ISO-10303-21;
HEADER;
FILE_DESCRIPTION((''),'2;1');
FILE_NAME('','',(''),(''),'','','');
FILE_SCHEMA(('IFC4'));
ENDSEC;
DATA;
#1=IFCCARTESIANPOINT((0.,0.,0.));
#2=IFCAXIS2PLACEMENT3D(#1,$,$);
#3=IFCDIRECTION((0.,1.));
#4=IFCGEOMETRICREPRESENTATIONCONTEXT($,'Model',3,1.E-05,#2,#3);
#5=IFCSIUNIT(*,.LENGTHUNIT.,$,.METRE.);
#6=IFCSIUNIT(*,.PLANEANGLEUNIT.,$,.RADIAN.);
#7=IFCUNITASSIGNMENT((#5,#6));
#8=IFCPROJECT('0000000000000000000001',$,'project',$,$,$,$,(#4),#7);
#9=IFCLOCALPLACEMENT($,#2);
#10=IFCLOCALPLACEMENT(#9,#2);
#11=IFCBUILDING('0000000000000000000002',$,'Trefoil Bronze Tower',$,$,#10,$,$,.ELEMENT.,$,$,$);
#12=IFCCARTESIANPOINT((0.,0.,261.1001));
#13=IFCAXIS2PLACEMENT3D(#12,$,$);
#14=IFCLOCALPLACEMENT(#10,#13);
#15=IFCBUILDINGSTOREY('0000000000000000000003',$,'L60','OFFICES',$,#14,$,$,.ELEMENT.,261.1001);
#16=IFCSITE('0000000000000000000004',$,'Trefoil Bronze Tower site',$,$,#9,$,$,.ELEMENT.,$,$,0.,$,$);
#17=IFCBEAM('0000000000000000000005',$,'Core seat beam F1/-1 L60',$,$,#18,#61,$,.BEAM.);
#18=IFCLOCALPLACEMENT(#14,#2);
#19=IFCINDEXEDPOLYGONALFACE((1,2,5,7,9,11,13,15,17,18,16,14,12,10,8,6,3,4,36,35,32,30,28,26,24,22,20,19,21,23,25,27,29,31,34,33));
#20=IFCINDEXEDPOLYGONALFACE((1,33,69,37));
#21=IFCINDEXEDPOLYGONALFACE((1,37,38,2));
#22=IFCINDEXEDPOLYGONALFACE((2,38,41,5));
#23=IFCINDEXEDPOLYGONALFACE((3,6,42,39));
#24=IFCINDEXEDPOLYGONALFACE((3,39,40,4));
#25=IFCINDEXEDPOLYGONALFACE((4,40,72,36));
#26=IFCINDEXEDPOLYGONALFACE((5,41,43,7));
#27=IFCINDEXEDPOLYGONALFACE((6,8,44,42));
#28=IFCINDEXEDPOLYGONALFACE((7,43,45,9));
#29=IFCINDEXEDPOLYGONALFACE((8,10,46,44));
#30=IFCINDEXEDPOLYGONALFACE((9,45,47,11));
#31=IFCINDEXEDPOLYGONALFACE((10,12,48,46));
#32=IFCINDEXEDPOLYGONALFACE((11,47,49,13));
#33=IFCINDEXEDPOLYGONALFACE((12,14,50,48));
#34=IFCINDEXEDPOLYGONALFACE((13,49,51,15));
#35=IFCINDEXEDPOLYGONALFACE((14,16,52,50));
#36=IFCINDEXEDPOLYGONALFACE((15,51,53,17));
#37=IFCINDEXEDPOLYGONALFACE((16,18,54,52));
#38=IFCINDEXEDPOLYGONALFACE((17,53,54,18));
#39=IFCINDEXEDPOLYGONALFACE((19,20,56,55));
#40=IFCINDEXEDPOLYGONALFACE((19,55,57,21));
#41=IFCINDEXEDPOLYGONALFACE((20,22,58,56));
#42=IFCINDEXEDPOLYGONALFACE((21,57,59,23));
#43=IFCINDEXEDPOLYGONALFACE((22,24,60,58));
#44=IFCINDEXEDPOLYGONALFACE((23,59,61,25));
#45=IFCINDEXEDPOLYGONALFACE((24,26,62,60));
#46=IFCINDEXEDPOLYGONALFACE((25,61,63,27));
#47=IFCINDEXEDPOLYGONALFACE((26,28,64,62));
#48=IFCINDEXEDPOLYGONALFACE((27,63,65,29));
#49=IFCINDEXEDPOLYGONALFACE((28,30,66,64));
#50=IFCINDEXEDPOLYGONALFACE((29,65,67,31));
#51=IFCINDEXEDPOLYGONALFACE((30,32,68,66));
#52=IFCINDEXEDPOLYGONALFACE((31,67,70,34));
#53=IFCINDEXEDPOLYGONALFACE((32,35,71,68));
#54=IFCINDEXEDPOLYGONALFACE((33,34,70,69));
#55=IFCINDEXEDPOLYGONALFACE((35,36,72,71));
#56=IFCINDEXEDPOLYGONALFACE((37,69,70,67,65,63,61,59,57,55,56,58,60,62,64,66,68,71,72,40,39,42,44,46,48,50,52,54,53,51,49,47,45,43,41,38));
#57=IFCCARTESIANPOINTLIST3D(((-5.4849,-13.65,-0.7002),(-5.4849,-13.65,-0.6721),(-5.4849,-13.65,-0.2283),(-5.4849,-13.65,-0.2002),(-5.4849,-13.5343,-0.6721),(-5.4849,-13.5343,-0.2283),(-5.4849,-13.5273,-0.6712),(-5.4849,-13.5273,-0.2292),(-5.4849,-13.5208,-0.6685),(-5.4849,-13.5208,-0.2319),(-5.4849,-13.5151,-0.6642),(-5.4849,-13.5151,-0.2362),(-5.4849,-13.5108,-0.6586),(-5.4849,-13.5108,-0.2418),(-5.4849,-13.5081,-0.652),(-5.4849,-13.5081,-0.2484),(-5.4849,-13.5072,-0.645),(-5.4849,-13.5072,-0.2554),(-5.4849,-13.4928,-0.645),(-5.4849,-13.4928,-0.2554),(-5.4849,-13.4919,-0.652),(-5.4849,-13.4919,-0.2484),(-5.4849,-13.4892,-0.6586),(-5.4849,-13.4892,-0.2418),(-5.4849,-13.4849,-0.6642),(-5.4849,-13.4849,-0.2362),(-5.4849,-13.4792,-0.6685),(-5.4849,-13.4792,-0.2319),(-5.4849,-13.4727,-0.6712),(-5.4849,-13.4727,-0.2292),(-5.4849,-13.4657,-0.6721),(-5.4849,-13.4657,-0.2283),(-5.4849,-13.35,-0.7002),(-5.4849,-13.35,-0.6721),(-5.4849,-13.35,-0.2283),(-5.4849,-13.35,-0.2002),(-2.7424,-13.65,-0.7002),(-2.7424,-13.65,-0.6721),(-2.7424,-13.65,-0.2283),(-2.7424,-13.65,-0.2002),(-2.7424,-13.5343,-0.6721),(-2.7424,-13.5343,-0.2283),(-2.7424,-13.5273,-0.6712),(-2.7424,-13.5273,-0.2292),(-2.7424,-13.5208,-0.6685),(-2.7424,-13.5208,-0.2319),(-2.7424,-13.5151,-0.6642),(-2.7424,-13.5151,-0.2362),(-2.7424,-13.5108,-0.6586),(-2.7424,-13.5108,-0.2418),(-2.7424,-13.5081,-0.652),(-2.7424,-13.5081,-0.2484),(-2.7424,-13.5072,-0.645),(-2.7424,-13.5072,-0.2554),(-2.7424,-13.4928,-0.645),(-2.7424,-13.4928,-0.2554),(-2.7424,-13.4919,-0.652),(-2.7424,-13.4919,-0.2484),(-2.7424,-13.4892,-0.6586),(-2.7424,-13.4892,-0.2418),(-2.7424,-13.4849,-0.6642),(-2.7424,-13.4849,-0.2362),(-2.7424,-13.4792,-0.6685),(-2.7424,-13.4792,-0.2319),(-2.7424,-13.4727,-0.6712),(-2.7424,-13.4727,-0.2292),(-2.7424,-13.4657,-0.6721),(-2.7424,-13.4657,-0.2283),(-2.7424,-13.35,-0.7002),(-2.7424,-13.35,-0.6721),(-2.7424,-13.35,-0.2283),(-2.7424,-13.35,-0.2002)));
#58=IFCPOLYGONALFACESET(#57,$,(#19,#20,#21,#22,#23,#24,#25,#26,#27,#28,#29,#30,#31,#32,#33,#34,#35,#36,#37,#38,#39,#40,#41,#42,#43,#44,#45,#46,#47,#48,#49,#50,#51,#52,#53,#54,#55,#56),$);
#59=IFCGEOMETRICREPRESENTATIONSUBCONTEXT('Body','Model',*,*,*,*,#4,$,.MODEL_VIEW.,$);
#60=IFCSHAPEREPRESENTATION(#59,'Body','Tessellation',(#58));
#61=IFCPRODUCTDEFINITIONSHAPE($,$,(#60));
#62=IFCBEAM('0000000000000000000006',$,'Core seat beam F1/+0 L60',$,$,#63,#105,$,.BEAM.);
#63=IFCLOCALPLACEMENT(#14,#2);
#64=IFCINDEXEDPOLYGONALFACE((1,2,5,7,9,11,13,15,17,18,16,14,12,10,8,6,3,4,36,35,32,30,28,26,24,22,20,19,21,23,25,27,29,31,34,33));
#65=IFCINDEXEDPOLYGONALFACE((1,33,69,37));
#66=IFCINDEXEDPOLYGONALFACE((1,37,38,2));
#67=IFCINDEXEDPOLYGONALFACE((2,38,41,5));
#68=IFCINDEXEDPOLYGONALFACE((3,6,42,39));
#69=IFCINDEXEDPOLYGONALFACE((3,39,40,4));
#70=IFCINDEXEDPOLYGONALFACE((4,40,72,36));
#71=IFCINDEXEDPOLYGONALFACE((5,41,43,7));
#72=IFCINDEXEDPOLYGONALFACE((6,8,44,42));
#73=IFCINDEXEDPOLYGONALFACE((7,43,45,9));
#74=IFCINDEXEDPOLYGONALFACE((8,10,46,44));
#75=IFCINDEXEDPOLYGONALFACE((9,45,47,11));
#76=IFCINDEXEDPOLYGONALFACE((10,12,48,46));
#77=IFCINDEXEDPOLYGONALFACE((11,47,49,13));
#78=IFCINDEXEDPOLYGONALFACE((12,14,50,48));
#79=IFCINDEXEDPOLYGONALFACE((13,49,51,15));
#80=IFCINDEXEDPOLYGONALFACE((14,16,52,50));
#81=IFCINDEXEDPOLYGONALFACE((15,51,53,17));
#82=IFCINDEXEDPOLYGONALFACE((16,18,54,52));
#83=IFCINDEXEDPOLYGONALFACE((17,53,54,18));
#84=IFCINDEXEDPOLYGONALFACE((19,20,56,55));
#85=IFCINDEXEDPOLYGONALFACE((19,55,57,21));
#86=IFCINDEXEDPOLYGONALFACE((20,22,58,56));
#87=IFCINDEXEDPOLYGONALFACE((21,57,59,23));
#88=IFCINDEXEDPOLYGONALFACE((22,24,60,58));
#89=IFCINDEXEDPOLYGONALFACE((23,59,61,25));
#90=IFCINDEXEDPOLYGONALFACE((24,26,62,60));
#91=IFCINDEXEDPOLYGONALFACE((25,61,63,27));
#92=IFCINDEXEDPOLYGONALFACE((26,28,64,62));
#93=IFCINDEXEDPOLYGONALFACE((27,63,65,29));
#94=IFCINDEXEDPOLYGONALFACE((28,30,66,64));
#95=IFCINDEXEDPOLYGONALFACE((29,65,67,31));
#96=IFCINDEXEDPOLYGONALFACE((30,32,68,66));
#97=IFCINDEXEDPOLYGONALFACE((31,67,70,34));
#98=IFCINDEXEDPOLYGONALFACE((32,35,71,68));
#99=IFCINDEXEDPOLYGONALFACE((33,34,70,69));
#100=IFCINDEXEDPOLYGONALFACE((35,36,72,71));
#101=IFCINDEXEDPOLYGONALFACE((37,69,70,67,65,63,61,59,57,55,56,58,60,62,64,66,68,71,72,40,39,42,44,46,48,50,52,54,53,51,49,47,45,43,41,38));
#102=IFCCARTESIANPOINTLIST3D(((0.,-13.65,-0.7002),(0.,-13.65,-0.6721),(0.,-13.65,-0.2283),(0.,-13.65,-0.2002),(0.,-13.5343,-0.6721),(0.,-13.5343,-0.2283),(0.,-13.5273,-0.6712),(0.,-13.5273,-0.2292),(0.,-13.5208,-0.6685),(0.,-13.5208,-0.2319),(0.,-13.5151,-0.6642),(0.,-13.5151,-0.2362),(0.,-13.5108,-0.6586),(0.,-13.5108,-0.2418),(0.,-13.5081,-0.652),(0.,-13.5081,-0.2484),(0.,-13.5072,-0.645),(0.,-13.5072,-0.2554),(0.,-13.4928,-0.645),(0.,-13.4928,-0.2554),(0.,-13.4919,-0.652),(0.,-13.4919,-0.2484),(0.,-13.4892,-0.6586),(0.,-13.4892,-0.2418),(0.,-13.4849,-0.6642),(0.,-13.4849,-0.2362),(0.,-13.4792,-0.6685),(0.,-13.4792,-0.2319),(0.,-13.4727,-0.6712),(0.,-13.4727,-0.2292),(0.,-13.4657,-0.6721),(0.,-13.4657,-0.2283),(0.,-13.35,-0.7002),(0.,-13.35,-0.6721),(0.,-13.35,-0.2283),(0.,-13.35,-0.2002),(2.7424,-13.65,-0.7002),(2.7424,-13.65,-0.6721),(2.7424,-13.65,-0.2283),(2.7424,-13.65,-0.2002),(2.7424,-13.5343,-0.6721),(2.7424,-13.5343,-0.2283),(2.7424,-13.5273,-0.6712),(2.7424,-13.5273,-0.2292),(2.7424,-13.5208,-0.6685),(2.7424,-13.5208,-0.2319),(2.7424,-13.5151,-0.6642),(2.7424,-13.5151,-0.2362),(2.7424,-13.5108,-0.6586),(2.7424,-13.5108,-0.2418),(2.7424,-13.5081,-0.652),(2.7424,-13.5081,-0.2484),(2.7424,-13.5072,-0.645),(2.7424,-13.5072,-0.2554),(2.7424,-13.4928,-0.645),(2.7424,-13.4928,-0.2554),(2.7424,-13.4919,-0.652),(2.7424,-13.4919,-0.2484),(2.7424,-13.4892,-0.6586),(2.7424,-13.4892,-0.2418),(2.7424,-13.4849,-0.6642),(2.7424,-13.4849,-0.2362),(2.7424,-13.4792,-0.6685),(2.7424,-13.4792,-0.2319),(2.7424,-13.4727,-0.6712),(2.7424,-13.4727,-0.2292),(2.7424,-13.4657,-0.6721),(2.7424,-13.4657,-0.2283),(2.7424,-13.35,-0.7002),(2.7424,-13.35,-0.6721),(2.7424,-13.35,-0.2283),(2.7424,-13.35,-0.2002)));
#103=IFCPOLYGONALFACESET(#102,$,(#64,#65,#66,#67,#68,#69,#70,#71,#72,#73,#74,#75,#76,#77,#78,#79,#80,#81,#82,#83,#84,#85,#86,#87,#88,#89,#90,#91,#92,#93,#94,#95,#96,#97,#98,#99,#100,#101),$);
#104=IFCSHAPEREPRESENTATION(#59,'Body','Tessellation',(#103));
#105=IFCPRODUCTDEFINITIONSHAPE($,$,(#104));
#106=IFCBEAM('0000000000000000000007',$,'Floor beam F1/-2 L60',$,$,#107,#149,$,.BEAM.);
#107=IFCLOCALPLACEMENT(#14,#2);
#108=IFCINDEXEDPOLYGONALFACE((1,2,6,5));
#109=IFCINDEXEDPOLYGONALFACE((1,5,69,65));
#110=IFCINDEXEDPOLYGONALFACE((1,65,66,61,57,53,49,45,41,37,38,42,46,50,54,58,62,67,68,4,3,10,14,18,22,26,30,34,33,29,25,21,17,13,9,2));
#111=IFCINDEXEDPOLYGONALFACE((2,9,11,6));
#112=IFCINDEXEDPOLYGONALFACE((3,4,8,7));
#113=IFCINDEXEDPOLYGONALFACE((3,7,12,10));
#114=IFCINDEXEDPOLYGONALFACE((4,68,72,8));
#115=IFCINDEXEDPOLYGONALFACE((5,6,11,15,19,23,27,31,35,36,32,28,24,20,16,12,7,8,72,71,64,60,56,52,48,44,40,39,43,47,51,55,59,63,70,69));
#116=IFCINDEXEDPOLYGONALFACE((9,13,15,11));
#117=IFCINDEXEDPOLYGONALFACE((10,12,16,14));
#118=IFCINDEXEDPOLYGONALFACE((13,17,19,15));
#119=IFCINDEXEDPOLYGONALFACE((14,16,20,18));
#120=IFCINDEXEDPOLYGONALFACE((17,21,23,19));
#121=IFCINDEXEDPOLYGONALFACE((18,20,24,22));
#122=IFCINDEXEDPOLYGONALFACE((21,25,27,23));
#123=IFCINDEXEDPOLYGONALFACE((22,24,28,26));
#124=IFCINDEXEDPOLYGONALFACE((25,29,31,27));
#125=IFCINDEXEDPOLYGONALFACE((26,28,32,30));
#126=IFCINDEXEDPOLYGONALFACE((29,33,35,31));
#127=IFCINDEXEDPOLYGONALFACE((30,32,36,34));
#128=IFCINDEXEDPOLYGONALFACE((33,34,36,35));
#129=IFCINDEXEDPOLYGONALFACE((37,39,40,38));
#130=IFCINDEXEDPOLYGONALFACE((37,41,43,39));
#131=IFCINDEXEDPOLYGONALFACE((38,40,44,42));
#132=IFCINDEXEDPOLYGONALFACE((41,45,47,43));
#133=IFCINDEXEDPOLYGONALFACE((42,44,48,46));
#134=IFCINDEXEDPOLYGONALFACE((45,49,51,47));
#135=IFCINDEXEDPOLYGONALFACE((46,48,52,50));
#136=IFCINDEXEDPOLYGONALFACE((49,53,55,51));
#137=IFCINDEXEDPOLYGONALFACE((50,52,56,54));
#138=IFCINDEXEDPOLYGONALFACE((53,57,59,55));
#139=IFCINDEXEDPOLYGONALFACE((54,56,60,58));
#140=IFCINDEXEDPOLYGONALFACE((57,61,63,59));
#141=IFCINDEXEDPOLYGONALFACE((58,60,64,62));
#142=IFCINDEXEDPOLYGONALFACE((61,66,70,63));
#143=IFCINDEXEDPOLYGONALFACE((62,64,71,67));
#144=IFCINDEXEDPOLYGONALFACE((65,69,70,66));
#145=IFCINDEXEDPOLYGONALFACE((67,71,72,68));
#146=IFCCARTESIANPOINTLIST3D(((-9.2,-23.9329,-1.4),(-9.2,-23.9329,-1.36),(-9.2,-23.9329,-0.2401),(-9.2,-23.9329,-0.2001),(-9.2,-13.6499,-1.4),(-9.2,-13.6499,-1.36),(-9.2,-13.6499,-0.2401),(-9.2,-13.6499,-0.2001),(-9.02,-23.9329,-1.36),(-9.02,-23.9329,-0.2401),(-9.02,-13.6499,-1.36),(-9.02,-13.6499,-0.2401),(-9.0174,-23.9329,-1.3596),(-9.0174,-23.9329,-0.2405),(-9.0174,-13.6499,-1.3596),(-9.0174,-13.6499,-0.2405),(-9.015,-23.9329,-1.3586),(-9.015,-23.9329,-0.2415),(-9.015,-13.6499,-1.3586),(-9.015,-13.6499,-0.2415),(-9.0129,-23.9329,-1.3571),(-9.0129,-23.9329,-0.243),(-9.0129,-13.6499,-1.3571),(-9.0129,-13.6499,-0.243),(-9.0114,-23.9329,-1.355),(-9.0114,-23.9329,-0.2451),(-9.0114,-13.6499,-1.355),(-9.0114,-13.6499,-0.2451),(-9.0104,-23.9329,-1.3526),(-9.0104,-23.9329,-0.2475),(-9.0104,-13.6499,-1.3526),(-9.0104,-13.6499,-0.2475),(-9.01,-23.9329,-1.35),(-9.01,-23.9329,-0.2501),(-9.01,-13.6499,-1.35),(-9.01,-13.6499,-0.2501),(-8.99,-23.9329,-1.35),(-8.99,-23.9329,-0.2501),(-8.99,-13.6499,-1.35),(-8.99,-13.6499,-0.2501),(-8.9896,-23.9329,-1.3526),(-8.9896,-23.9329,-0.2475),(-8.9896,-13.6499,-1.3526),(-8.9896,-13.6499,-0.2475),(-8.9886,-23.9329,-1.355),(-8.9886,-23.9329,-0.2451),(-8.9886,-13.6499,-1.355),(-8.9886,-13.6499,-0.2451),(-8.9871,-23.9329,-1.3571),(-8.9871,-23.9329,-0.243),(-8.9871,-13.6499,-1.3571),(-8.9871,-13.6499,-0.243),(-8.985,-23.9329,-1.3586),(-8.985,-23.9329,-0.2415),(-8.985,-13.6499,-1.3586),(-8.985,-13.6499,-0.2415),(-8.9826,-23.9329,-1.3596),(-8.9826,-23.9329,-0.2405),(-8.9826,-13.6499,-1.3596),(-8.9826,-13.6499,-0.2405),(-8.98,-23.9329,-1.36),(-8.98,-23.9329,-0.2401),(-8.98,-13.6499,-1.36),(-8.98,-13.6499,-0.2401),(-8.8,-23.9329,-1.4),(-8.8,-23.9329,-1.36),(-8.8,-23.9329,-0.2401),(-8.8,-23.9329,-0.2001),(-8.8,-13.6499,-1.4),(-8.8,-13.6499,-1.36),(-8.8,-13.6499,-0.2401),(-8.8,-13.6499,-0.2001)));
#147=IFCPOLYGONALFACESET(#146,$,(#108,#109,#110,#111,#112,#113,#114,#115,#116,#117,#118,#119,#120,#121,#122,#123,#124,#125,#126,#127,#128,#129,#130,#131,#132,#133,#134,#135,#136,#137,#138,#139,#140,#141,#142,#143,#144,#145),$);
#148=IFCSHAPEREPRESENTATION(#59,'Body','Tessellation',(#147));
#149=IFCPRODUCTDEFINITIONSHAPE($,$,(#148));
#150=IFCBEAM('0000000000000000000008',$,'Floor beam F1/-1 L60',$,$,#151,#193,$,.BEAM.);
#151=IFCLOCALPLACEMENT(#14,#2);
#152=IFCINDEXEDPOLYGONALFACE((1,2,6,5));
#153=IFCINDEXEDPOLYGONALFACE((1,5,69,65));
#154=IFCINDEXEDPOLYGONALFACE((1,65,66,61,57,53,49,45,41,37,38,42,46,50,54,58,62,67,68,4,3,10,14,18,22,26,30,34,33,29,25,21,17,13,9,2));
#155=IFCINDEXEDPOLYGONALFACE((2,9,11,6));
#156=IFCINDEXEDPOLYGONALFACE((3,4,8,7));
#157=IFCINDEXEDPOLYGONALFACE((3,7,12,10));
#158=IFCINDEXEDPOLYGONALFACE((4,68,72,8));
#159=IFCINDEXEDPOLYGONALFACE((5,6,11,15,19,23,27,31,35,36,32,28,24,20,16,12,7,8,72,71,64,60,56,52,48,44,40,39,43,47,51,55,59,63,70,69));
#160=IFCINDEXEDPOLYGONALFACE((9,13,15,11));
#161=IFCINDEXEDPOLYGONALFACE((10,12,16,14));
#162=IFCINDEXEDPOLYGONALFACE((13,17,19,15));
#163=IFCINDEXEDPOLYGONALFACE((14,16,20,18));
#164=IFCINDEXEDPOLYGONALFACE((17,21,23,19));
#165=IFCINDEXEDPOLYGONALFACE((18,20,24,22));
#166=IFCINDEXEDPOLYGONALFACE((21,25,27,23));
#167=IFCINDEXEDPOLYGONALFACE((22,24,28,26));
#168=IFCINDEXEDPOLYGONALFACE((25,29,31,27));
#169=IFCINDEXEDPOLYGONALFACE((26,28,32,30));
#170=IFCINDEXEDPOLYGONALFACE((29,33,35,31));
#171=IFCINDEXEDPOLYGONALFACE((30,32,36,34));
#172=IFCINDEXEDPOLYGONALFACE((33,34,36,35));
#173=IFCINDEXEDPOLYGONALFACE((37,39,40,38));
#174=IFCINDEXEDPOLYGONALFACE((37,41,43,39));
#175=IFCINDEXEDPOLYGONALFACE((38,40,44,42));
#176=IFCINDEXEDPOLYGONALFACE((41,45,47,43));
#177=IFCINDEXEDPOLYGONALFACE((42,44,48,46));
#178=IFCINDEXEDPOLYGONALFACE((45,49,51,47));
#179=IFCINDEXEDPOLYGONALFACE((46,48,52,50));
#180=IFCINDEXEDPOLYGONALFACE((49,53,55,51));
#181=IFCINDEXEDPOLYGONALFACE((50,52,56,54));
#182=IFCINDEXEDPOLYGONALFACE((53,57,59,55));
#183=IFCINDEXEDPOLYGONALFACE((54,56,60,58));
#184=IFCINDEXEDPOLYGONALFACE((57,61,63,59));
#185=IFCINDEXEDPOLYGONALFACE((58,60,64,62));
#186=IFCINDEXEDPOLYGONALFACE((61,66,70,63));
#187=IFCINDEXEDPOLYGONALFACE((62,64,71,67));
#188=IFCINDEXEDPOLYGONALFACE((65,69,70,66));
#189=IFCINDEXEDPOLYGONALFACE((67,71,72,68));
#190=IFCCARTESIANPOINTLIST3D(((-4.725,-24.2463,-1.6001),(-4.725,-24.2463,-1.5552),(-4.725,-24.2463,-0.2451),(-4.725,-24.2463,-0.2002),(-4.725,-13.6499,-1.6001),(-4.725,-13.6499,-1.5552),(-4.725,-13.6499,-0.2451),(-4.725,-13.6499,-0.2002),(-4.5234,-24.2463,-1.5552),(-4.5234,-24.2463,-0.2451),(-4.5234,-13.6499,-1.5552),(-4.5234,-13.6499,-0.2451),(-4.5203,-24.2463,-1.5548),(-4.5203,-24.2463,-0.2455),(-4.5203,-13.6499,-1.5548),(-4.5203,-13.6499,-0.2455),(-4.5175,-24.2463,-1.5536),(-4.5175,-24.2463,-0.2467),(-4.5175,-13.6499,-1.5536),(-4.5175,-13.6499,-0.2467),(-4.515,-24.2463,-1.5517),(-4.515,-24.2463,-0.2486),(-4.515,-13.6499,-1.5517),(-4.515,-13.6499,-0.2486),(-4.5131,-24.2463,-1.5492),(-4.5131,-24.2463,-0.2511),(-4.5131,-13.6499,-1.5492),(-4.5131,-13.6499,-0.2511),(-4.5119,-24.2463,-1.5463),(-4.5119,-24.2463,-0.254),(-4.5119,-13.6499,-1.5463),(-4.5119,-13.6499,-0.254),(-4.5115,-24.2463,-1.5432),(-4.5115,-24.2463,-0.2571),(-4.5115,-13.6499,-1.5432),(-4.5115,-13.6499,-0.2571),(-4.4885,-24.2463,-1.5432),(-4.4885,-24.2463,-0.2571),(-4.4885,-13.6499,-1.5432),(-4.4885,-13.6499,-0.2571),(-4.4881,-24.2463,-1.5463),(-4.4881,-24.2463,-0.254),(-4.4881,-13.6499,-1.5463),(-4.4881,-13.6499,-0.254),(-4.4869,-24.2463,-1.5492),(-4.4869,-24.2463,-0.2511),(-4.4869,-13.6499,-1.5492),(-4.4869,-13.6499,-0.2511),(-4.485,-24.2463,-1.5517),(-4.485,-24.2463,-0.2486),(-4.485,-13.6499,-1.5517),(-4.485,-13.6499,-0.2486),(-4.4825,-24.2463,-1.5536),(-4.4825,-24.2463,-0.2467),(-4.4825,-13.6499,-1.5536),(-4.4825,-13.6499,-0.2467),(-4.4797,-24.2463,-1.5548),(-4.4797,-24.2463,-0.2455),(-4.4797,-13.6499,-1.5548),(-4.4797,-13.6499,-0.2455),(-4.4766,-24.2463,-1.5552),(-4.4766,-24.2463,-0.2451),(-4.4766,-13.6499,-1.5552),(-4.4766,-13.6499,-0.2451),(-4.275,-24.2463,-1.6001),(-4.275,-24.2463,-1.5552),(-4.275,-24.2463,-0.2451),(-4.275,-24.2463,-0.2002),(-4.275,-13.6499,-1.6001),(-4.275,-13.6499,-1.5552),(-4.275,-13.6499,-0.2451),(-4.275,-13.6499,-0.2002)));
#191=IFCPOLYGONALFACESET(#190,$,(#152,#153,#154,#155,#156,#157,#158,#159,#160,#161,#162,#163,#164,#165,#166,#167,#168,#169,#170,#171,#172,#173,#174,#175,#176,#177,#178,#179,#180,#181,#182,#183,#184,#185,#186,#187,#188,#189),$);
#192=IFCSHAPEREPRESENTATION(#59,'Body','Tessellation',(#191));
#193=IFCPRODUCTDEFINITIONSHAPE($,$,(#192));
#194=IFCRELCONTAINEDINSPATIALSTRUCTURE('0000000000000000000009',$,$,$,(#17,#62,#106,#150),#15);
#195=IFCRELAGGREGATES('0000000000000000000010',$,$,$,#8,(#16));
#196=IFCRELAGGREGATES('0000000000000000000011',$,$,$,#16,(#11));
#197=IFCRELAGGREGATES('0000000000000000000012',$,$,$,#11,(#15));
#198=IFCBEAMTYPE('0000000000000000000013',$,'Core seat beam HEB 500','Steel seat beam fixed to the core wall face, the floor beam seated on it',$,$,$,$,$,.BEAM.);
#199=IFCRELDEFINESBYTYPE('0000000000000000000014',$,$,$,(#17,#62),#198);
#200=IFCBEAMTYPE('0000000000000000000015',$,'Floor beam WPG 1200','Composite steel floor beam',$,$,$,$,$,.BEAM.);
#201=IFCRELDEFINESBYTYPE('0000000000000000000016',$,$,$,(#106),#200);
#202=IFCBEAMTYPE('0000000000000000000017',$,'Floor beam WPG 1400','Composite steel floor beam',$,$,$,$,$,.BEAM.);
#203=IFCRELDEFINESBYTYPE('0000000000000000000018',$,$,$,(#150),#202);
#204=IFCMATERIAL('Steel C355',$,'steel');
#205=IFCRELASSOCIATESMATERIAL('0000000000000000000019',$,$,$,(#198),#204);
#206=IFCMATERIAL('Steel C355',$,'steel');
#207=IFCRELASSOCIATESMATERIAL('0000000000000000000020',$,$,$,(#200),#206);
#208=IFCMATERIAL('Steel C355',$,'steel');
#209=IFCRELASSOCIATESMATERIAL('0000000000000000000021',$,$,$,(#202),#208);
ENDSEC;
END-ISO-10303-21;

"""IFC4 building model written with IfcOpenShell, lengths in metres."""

from ifc_helpers import new_model, si_unit, direction, frame, origin, origin_2d, place, context, subcontext, project, spatial, i_section, extrude, material, material_profile, profile_set, type_object, element, save


model = new_model("IFC4")

# Units and contexts
model_context = context("Model", 3, precision=1e-05, world=origin(), true_north=direction((0.0, 1.0)))
body_context = subcontext(model_context, "Body", "Model", "MODEL_VIEW")
ifc_project = project(units=[si_unit("LENGTHUNIT", "METRE"), si_unit("PLANEANGLEUNIT", "RADIAN")], contexts=[model_context])

# Site, building, storey
site_placement = place(None, origin())
site = spatial("IfcSite", under=ifc_project, at=site_placement, Name="Trefoil Bronze Tower site", CompositionType="ELEMENT", RefElevation=0.0)
building_placement = place(site_placement, origin())
building = spatial("IfcBuilding", under=site, at=building_placement, Name="Trefoil Bronze Tower", CompositionType="ELEMENT")
storey_placement = place(building_placement, frame((0.0, 0.0, 261.1001)))
storey = spatial("IfcBuildingStorey", under=building, at=storey_placement, Name="L60", Description="OFFICES", CompositionType="ELEMENT", Elevation=261.1001)

# Beams
ifc_material_1 = material(Name="Steel C355", Category="steel")
ifc_material_profile_1 = material_profile(ifc_material_1, i_section(OverallWidth=0.3, OverallDepth=0.5, WebThickness=0.0144, FlangeThickness=0.0281, FilletRadius=0.0271, at=origin_2d()), Name="HEB 500")
ifc_profile_set_1 = profile_set([ifc_material_profile_1], Name="Steel C355")
beam_type_1 = type_object("IfcBeamType", Name="Core seat beam HEB 500", Description="Steel seat beam fixed to the core wall face, the floor beam seated on it", PredefinedType="BEAM", material=ifc_profile_set_1)
for number, where, z_axis, x_axis, name in (
    (1, (-5.4849, -13.5, -0.4502), (1.0, 0.0, 0.0), (0.0, 1.0, 0.0), "Core seat beam F1/-1 L60"),
    (2, (0.0, -13.5, -0.4502), (1.0, 0.0, 0.0), (0.0, 1.0, 0.0), "Core seat beam F1/+0 L60"),
):
    element("IfcBeam", number, at=place(storey_placement, frame(where, z_axis=z_axis, x_axis=x_axis)), inside=storey, type_object=beam_type_1, Name=name, PredefinedType="BEAM", context=body_context, shape_type="SweptSolid", body=[
        extrude(i_section(OverallWidth=0.3, OverallDepth=0.5, WebThickness=0.0144, FlangeThickness=0.0281, FilletRadius=0.0271, at=origin_2d()), origin(), (0.0, 0.0, 1.0), 2.7424),
    ])
ifc_material_2 = material(Name="Steel C355", Category="steel")
ifc_material_profile_2 = material_profile(ifc_material_2, i_section(OverallWidth=0.3999, OverallDepth=1.2, WebThickness=0.02, FlangeThickness=0.04, FilletRadius=0.01, at=origin_2d()), Name="WPG 1200")
ifc_profile_set_2 = profile_set([ifc_material_profile_2], Name="Steel C355")
beam_type_2 = type_object("IfcBeamType", Name="Floor beam WPG 1200", Description="Composite steel floor beam", PredefinedType="BEAM", material=ifc_profile_set_2)
beam_1_placement = place(storey_placement, frame((-9.0, -23.9329, -0.8), z_axis=(0.0, 1.0, 0.0), x_axis=(-1.0, 0.0, 0.0)))
element("IfcBeam", 3, at=beam_1_placement, inside=storey, type_object=beam_type_2, Name="Floor beam F1/-2 L60", PredefinedType="BEAM", context=body_context, shape_type="SweptSolid", body=[
    extrude(i_section(OverallWidth=0.3999, OverallDepth=1.2, WebThickness=0.02, FlangeThickness=0.04, FilletRadius=0.01, at=origin_2d()), origin(), (0.0, 0.0, 1.0), 10.283),
])
ifc_material_3 = material(Name="Steel C355", Category="steel")
ifc_material_profile_3 = material_profile(ifc_material_3, i_section(OverallWidth=0.45, OverallDepth=1.3999, WebThickness=0.0229, FlangeThickness=0.0449, FilletRadius=0.012, at=origin_2d()), Name="WPG 1400")
ifc_profile_set_3 = profile_set([ifc_material_profile_3], Name="Steel C355")
beam_type_3 = type_object("IfcBeamType", Name="Floor beam WPG 1400", Description="Composite steel floor beam", PredefinedType="BEAM", material=ifc_profile_set_3)
beam_2_placement = place(storey_placement, frame((-4.5, -24.2463, -0.9001), z_axis=(0.0, 1.0, 0.0), x_axis=(-1.0, 0.0, 0.0)))
element("IfcBeam", 4, at=beam_2_placement, inside=storey, type_object=beam_type_3, Name="Floor beam F1/-1 L60", PredefinedType="BEAM", context=body_context, shape_type="SweptSolid", body=[
    extrude(i_section(OverallWidth=0.45, OverallDepth=1.3999, WebThickness=0.0229, FlangeThickness=0.0449, FilletRadius=0.012, at=origin_2d()), origin(), (0.0, 0.0, 1.0), 10.5964),
])

save(model, "model.ifc")
